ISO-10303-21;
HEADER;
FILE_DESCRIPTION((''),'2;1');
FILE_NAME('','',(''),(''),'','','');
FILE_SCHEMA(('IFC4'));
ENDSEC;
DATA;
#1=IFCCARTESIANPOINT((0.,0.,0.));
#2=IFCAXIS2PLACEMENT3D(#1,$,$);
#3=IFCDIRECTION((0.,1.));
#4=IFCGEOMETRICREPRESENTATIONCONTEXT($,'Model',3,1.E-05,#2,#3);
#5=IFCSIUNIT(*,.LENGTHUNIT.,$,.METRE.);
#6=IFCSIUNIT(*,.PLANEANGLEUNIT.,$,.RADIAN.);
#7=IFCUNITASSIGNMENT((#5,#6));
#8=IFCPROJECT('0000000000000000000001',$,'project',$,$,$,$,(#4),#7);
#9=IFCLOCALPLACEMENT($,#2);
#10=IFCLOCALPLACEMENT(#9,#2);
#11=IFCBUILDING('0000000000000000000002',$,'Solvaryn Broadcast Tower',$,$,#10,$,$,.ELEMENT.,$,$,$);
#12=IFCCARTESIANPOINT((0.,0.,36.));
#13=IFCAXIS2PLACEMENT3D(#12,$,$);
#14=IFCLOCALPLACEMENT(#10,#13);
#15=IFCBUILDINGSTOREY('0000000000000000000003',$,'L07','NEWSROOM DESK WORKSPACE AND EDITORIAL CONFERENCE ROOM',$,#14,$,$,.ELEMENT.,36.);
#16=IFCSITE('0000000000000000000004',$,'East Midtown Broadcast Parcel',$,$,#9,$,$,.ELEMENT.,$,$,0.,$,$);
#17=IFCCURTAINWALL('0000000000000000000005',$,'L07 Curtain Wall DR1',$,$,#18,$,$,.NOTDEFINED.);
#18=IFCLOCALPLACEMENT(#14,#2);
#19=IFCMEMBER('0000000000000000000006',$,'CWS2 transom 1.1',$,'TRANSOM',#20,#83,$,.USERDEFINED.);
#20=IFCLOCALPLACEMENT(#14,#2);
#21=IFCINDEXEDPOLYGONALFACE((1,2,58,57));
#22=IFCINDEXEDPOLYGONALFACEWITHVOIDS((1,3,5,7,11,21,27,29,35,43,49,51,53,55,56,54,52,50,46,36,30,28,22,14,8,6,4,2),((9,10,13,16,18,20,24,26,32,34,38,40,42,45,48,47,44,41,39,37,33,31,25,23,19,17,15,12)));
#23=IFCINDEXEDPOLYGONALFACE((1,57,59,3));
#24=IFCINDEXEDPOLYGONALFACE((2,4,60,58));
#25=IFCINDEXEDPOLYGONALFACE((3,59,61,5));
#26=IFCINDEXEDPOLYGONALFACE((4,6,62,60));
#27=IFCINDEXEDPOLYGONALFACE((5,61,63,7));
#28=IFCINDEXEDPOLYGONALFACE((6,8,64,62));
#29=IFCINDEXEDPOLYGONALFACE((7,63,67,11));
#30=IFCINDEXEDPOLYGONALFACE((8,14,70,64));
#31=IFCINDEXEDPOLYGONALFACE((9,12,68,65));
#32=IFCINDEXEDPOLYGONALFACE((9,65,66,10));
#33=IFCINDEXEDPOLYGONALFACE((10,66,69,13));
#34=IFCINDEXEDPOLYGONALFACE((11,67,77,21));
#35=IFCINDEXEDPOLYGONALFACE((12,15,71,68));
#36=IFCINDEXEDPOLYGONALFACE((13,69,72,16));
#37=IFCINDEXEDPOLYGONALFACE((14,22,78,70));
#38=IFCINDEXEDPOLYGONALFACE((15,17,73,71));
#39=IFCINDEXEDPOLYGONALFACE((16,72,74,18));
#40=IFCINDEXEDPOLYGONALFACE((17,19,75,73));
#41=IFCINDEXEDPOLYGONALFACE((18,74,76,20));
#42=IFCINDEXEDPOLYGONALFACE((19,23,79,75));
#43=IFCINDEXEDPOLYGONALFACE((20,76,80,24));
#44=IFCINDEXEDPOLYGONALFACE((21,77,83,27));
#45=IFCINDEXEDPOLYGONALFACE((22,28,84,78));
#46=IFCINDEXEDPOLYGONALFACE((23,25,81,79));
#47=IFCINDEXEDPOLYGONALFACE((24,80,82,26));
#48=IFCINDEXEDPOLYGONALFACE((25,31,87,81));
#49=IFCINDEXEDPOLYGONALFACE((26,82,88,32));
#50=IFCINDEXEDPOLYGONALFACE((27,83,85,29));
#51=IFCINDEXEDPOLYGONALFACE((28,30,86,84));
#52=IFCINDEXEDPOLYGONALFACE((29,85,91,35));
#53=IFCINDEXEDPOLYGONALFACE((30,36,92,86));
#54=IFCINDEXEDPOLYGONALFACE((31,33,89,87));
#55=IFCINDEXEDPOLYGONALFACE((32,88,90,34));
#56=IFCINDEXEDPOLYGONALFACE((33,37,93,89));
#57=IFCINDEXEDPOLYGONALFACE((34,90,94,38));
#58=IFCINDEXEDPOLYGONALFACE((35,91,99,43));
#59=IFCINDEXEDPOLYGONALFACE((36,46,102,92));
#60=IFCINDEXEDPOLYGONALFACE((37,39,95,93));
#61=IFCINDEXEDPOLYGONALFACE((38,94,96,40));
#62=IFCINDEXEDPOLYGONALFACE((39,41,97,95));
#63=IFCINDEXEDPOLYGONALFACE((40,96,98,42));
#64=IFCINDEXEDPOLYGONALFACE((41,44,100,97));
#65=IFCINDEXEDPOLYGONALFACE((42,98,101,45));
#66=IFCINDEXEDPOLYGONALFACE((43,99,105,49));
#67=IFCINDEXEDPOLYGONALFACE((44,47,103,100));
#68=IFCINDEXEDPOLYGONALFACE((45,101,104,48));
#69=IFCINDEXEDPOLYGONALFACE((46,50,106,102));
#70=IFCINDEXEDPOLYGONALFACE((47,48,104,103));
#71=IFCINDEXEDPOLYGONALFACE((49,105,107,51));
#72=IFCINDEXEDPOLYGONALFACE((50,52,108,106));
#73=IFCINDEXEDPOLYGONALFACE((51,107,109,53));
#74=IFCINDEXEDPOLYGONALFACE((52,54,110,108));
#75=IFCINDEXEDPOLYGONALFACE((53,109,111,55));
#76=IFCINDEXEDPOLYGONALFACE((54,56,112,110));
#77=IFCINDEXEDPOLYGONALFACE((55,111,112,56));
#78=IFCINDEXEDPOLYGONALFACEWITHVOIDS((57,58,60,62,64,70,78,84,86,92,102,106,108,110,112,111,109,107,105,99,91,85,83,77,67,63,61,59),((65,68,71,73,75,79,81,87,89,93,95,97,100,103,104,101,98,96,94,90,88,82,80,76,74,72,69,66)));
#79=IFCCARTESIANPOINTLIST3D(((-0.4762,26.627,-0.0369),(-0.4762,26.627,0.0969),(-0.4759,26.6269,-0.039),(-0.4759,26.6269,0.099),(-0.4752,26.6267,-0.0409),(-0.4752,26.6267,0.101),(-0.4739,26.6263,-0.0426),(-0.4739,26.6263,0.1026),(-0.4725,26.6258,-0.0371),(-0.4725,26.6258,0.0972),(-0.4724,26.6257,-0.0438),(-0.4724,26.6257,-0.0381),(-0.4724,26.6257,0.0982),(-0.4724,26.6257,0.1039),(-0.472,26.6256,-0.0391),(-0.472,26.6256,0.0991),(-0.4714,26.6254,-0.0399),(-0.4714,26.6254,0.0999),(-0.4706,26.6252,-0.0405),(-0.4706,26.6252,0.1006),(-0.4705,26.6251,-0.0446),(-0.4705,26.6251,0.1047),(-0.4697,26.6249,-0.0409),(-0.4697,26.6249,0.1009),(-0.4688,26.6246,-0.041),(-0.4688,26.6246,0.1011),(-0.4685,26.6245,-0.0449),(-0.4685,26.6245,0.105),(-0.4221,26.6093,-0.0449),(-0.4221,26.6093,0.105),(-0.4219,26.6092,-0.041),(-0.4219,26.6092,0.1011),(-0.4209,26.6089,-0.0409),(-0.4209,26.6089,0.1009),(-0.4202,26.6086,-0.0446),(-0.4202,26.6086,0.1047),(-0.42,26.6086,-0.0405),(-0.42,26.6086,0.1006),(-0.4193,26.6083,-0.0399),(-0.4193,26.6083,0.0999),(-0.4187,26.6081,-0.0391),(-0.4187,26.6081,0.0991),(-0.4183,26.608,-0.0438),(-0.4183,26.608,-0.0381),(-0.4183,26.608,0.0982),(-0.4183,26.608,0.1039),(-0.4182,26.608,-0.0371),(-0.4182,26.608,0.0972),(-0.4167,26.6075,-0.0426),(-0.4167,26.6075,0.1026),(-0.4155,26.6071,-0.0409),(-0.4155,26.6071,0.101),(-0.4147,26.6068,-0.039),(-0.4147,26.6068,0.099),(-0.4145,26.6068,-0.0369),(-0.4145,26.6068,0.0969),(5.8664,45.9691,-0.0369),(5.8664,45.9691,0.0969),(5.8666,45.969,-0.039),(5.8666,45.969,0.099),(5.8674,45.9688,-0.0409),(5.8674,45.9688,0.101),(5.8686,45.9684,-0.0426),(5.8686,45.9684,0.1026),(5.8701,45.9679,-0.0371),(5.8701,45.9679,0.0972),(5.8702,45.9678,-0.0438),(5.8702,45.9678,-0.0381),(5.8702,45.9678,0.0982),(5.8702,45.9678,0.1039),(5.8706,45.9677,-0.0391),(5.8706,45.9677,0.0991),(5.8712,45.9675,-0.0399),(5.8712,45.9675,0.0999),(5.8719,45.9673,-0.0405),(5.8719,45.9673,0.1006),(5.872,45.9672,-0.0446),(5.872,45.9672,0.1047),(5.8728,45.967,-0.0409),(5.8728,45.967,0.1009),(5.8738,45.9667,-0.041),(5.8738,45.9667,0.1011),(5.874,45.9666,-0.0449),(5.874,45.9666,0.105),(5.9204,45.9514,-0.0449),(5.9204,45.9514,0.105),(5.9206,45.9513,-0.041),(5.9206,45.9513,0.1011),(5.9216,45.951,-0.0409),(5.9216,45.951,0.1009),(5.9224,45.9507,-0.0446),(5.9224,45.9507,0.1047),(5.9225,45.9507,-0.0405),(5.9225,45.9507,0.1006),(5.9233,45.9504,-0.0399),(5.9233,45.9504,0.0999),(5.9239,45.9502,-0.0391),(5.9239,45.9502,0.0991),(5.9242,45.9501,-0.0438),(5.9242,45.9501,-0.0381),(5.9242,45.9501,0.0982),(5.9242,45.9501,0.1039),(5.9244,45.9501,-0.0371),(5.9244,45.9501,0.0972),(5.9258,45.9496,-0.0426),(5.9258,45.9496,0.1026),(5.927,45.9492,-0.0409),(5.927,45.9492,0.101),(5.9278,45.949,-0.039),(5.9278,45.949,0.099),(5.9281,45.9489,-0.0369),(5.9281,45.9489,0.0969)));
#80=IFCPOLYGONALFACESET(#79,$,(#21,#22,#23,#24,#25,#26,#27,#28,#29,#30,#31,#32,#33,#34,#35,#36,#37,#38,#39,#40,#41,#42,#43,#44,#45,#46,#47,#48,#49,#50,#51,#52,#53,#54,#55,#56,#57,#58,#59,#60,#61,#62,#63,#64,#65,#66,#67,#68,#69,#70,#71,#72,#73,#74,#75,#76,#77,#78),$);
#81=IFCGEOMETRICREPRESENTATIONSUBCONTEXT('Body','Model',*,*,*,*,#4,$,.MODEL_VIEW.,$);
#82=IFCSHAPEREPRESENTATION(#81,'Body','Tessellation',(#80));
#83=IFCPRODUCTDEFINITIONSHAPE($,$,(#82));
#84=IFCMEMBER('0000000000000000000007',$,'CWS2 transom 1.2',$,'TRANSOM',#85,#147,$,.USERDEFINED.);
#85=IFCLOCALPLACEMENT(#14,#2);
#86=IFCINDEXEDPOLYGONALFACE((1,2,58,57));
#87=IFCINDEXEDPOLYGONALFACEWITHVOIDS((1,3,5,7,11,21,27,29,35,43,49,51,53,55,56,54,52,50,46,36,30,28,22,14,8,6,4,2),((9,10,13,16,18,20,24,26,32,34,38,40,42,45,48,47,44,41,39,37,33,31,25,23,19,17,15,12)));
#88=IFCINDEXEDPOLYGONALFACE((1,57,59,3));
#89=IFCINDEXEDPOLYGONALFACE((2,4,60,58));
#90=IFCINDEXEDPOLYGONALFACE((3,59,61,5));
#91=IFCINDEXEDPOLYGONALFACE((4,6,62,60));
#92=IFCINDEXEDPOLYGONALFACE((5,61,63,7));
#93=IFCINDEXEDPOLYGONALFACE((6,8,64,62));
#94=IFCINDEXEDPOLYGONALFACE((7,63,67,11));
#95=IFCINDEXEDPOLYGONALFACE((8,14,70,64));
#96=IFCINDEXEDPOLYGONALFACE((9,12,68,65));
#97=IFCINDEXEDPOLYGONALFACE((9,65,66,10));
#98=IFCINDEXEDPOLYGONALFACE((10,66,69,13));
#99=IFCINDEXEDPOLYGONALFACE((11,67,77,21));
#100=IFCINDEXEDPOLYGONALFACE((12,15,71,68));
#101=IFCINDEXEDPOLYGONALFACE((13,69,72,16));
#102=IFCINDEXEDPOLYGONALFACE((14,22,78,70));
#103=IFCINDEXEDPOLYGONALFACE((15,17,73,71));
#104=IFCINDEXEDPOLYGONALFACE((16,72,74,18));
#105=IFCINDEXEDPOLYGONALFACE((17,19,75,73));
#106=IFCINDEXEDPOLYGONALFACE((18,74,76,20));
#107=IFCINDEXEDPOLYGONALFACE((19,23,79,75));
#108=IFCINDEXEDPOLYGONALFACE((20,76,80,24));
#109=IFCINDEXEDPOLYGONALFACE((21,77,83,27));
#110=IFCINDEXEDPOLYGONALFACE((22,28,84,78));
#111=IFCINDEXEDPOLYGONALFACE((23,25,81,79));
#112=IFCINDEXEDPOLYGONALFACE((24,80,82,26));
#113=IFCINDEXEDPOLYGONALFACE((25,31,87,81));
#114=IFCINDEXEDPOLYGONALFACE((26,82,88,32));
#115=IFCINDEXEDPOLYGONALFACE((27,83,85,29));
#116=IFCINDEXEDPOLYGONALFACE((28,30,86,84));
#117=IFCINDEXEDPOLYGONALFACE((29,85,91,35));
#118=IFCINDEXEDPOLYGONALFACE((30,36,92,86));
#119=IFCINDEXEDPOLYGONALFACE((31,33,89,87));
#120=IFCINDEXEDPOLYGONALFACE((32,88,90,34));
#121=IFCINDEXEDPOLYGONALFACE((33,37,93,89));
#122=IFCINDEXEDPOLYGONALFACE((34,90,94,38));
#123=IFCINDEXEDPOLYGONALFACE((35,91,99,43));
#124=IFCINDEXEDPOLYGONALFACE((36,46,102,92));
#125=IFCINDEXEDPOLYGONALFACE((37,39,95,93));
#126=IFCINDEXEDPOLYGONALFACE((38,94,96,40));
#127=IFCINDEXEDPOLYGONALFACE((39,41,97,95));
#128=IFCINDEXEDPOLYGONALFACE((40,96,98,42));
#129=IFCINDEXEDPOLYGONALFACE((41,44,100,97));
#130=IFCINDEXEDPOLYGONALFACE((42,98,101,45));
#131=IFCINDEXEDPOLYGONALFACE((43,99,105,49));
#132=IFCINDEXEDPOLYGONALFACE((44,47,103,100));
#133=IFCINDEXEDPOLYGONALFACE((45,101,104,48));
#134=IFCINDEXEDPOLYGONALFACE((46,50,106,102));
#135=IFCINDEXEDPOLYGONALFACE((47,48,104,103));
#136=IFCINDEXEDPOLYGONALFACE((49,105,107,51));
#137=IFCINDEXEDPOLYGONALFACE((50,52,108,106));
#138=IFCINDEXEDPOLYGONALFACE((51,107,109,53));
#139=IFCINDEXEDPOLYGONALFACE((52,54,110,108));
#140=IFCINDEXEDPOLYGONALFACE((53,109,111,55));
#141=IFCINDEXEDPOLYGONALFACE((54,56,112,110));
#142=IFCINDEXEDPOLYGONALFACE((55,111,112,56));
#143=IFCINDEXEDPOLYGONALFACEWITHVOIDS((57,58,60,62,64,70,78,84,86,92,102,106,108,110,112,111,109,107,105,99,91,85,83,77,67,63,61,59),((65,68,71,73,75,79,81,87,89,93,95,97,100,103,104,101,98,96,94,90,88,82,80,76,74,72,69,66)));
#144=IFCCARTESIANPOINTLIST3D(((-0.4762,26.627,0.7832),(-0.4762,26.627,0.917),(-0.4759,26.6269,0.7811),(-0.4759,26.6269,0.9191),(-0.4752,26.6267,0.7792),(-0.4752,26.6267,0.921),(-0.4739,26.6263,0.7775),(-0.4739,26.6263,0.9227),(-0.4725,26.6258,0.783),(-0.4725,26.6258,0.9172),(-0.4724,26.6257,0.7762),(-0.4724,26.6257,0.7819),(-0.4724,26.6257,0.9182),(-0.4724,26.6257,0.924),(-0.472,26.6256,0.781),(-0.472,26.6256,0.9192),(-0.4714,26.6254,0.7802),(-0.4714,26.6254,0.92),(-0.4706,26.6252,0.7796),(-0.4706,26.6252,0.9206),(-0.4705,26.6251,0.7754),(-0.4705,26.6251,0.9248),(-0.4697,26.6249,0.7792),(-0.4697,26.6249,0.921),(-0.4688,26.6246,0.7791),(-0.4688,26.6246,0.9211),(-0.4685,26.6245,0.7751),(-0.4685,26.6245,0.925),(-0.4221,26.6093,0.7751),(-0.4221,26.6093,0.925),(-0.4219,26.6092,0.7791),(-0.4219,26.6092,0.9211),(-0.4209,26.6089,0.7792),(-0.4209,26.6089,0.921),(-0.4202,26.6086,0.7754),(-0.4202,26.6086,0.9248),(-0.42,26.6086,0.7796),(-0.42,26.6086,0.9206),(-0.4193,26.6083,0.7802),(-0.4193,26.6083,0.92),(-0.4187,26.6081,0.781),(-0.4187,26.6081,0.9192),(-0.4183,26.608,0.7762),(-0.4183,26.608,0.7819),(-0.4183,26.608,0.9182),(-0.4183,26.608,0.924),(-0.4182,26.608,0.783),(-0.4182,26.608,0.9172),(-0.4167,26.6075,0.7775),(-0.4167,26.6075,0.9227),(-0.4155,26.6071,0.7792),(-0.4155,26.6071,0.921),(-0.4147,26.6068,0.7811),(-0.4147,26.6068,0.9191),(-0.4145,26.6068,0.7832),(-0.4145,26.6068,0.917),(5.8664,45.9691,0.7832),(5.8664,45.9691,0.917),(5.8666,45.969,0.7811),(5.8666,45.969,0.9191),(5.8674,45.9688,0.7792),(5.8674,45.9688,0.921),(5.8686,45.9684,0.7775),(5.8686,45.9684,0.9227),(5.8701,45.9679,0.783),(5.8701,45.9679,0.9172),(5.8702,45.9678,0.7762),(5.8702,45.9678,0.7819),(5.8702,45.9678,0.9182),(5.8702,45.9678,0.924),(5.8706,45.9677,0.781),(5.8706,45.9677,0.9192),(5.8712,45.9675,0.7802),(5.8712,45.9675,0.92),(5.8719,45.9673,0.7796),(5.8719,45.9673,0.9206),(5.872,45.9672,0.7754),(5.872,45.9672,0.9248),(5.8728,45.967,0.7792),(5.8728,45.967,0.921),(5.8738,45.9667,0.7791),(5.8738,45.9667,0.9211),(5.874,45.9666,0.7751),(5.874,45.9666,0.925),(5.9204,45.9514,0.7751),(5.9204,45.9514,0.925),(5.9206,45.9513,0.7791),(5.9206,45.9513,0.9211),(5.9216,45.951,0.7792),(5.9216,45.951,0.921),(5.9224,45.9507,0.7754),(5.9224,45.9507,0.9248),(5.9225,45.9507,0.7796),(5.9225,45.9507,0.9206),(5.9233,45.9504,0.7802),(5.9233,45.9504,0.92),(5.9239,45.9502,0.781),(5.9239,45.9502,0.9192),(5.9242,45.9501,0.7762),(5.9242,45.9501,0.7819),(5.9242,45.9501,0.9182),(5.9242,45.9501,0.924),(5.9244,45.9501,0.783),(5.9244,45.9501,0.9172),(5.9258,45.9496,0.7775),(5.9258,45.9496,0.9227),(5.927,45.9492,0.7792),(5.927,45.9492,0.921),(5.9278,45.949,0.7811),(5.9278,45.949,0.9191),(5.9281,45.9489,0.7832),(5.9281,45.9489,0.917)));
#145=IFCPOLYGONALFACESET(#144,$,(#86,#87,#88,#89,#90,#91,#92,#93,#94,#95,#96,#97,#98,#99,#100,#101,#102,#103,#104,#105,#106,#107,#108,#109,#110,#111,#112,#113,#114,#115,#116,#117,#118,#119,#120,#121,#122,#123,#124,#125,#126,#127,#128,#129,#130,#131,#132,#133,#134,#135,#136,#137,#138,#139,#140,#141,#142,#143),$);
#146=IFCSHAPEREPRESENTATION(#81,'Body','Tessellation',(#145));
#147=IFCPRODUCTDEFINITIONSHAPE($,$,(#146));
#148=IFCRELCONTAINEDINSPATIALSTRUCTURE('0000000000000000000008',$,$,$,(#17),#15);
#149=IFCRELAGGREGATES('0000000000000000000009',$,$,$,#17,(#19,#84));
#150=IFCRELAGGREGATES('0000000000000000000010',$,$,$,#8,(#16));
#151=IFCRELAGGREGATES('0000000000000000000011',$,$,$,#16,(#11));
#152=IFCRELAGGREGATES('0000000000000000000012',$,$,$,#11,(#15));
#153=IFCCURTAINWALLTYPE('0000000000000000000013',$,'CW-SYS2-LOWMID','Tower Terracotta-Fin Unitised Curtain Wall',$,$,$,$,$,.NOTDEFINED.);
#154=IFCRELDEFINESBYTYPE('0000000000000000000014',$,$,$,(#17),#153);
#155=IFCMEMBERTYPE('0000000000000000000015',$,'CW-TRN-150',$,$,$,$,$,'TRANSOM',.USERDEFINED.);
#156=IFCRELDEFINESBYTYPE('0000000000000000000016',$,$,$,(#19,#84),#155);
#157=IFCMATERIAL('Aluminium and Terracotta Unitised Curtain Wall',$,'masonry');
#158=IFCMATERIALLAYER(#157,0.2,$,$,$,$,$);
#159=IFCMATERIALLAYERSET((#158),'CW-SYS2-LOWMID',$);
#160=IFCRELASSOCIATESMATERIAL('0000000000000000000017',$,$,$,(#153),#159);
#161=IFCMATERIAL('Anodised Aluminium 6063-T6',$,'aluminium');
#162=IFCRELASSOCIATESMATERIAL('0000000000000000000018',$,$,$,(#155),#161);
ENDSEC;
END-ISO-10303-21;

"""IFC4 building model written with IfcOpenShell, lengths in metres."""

from ifc_helpers import new_model, si_unit, direction, frame, origin, origin_2d, place, context, subcontext, project, spatial, hollow_rectangle, extrude, material, layer, layer_set, material_profile, profile_set, type_object, element, aggregate, save


model = new_model("IFC4")

# Units and contexts
model_context = context("Model", 3, precision=1e-05, world=origin(), true_north=direction((0.0, 1.0)))
body_context = subcontext(model_context, "Body", "Model", "MODEL_VIEW")
ifc_project = project(units=[si_unit("LENGTHUNIT", "METRE"), si_unit("PLANEANGLEUNIT", "RADIAN")], contexts=[model_context])

# Site, building, storey
site_placement = place(None, origin())
site = spatial("IfcSite", under=ifc_project, at=site_placement, Name="East Midtown Broadcast Parcel", CompositionType="ELEMENT", RefElevation=0.0)
building_placement = place(site_placement, origin())
building = spatial("IfcBuilding", under=site, at=building_placement, Name="Solvaryn Broadcast Tower", CompositionType="ELEMENT")
storey_placement = place(building_placement, frame((0.0, 0.0, 36.0)))
storey = spatial("IfcBuildingStorey", under=building, at=storey_placement, Name="L07", Description="NEWSROOM DESK WORKSPACE AND EDITORIAL CONFERENCE ROOM", CompositionType="ELEMENT", Elevation=36.0)

# Curtain wall
ifc_material_1 = material(Name="Aluminium and Terracotta Unitised Curtain Wall", Category="masonry")
ifc_layer_1 = layer(ifc_material_1, 0.2)
ifc_layer_set_1 = layer_set([ifc_layer_1], Name="CW-SYS2-LOWMID")
curtain_wall_type = type_object("IfcCurtainWallType", Name="CW-SYS2-LOWMID", Description="Tower Terracotta-Fin Unitised Curtain Wall", PredefinedType="NOTDEFINED", material=ifc_layer_set_1)
curtain_wall_1_placement = place(storey_placement, origin())
curtain_wall_1 = element("IfcCurtainWall", 1, at=curtain_wall_1_placement, inside=storey, type_object=curtain_wall_type, Name="L07 Curtain Wall DR1", PredefinedType="NOTDEFINED")

# Members
ifc_material_2 = material(Name="Anodised Aluminium 6063-T6", Category="aluminium")
ifc_material_profile_1 = material_profile(ifc_material_2, hollow_rectangle(XDim=0.0649, YDim=0.1499, WallThickness=0.0039, InnerFilletRadius=0.0039, OuterFilletRadius=0.0081, at=origin_2d()))
ifc_profile_set_1 = profile_set([ifc_material_profile_1], Name="Anodised Aluminium 6063-T6")
member_type_1 = type_object("IfcMemberType", Name="CW-TRN-150", ElementType="TRANSOM", PredefinedType="USERDEFINED", material=ifc_profile_set_1)
member_1_placement = place(storey_placement, frame((5.8972, 45.959, 0.03), z_axis=(-0.31159, -0.950217, 0.0), x_axis=(0.950217, -0.31159, 0.0)))
member_1 = element("IfcMember", 2, at=member_1_placement, type_object=member_type_1, Name="CWS2 transom 1.1", ObjectType="TRANSOM", PredefinedType="USERDEFINED", context=body_context, shape_type="SweptSolid", body=[
    extrude(hollow_rectangle(XDim=0.0649, YDim=0.1499, WallThickness=0.0039, InnerFilletRadius=0.0039, OuterFilletRadius=0.0081, at=origin_2d()), origin(), (0.0, 0.0, 1.0), 20.3555),
])
member_2_placement = place(storey_placement, frame((5.8972, 45.959, 0.8501), z_axis=(-0.31159, -0.950217, 0.0), x_axis=(0.950217, -0.31159, 0.0)))
member_2 = element("IfcMember", 3, at=member_2_placement, type_object=member_type_1, Name="CWS2 transom 1.2", ObjectType="TRANSOM", PredefinedType="USERDEFINED", context=body_context, shape_type="SweptSolid", body=[
    extrude(hollow_rectangle(XDim=0.0649, YDim=0.1499, WallThickness=0.0039, InnerFilletRadius=0.0039, OuterFilletRadius=0.0081, at=origin_2d()), origin(), (0.0, 0.0, 1.0), 20.3555),
])
aggregate(curtain_wall_1, [member_1, member_2])

save(model, "model.ifc")
